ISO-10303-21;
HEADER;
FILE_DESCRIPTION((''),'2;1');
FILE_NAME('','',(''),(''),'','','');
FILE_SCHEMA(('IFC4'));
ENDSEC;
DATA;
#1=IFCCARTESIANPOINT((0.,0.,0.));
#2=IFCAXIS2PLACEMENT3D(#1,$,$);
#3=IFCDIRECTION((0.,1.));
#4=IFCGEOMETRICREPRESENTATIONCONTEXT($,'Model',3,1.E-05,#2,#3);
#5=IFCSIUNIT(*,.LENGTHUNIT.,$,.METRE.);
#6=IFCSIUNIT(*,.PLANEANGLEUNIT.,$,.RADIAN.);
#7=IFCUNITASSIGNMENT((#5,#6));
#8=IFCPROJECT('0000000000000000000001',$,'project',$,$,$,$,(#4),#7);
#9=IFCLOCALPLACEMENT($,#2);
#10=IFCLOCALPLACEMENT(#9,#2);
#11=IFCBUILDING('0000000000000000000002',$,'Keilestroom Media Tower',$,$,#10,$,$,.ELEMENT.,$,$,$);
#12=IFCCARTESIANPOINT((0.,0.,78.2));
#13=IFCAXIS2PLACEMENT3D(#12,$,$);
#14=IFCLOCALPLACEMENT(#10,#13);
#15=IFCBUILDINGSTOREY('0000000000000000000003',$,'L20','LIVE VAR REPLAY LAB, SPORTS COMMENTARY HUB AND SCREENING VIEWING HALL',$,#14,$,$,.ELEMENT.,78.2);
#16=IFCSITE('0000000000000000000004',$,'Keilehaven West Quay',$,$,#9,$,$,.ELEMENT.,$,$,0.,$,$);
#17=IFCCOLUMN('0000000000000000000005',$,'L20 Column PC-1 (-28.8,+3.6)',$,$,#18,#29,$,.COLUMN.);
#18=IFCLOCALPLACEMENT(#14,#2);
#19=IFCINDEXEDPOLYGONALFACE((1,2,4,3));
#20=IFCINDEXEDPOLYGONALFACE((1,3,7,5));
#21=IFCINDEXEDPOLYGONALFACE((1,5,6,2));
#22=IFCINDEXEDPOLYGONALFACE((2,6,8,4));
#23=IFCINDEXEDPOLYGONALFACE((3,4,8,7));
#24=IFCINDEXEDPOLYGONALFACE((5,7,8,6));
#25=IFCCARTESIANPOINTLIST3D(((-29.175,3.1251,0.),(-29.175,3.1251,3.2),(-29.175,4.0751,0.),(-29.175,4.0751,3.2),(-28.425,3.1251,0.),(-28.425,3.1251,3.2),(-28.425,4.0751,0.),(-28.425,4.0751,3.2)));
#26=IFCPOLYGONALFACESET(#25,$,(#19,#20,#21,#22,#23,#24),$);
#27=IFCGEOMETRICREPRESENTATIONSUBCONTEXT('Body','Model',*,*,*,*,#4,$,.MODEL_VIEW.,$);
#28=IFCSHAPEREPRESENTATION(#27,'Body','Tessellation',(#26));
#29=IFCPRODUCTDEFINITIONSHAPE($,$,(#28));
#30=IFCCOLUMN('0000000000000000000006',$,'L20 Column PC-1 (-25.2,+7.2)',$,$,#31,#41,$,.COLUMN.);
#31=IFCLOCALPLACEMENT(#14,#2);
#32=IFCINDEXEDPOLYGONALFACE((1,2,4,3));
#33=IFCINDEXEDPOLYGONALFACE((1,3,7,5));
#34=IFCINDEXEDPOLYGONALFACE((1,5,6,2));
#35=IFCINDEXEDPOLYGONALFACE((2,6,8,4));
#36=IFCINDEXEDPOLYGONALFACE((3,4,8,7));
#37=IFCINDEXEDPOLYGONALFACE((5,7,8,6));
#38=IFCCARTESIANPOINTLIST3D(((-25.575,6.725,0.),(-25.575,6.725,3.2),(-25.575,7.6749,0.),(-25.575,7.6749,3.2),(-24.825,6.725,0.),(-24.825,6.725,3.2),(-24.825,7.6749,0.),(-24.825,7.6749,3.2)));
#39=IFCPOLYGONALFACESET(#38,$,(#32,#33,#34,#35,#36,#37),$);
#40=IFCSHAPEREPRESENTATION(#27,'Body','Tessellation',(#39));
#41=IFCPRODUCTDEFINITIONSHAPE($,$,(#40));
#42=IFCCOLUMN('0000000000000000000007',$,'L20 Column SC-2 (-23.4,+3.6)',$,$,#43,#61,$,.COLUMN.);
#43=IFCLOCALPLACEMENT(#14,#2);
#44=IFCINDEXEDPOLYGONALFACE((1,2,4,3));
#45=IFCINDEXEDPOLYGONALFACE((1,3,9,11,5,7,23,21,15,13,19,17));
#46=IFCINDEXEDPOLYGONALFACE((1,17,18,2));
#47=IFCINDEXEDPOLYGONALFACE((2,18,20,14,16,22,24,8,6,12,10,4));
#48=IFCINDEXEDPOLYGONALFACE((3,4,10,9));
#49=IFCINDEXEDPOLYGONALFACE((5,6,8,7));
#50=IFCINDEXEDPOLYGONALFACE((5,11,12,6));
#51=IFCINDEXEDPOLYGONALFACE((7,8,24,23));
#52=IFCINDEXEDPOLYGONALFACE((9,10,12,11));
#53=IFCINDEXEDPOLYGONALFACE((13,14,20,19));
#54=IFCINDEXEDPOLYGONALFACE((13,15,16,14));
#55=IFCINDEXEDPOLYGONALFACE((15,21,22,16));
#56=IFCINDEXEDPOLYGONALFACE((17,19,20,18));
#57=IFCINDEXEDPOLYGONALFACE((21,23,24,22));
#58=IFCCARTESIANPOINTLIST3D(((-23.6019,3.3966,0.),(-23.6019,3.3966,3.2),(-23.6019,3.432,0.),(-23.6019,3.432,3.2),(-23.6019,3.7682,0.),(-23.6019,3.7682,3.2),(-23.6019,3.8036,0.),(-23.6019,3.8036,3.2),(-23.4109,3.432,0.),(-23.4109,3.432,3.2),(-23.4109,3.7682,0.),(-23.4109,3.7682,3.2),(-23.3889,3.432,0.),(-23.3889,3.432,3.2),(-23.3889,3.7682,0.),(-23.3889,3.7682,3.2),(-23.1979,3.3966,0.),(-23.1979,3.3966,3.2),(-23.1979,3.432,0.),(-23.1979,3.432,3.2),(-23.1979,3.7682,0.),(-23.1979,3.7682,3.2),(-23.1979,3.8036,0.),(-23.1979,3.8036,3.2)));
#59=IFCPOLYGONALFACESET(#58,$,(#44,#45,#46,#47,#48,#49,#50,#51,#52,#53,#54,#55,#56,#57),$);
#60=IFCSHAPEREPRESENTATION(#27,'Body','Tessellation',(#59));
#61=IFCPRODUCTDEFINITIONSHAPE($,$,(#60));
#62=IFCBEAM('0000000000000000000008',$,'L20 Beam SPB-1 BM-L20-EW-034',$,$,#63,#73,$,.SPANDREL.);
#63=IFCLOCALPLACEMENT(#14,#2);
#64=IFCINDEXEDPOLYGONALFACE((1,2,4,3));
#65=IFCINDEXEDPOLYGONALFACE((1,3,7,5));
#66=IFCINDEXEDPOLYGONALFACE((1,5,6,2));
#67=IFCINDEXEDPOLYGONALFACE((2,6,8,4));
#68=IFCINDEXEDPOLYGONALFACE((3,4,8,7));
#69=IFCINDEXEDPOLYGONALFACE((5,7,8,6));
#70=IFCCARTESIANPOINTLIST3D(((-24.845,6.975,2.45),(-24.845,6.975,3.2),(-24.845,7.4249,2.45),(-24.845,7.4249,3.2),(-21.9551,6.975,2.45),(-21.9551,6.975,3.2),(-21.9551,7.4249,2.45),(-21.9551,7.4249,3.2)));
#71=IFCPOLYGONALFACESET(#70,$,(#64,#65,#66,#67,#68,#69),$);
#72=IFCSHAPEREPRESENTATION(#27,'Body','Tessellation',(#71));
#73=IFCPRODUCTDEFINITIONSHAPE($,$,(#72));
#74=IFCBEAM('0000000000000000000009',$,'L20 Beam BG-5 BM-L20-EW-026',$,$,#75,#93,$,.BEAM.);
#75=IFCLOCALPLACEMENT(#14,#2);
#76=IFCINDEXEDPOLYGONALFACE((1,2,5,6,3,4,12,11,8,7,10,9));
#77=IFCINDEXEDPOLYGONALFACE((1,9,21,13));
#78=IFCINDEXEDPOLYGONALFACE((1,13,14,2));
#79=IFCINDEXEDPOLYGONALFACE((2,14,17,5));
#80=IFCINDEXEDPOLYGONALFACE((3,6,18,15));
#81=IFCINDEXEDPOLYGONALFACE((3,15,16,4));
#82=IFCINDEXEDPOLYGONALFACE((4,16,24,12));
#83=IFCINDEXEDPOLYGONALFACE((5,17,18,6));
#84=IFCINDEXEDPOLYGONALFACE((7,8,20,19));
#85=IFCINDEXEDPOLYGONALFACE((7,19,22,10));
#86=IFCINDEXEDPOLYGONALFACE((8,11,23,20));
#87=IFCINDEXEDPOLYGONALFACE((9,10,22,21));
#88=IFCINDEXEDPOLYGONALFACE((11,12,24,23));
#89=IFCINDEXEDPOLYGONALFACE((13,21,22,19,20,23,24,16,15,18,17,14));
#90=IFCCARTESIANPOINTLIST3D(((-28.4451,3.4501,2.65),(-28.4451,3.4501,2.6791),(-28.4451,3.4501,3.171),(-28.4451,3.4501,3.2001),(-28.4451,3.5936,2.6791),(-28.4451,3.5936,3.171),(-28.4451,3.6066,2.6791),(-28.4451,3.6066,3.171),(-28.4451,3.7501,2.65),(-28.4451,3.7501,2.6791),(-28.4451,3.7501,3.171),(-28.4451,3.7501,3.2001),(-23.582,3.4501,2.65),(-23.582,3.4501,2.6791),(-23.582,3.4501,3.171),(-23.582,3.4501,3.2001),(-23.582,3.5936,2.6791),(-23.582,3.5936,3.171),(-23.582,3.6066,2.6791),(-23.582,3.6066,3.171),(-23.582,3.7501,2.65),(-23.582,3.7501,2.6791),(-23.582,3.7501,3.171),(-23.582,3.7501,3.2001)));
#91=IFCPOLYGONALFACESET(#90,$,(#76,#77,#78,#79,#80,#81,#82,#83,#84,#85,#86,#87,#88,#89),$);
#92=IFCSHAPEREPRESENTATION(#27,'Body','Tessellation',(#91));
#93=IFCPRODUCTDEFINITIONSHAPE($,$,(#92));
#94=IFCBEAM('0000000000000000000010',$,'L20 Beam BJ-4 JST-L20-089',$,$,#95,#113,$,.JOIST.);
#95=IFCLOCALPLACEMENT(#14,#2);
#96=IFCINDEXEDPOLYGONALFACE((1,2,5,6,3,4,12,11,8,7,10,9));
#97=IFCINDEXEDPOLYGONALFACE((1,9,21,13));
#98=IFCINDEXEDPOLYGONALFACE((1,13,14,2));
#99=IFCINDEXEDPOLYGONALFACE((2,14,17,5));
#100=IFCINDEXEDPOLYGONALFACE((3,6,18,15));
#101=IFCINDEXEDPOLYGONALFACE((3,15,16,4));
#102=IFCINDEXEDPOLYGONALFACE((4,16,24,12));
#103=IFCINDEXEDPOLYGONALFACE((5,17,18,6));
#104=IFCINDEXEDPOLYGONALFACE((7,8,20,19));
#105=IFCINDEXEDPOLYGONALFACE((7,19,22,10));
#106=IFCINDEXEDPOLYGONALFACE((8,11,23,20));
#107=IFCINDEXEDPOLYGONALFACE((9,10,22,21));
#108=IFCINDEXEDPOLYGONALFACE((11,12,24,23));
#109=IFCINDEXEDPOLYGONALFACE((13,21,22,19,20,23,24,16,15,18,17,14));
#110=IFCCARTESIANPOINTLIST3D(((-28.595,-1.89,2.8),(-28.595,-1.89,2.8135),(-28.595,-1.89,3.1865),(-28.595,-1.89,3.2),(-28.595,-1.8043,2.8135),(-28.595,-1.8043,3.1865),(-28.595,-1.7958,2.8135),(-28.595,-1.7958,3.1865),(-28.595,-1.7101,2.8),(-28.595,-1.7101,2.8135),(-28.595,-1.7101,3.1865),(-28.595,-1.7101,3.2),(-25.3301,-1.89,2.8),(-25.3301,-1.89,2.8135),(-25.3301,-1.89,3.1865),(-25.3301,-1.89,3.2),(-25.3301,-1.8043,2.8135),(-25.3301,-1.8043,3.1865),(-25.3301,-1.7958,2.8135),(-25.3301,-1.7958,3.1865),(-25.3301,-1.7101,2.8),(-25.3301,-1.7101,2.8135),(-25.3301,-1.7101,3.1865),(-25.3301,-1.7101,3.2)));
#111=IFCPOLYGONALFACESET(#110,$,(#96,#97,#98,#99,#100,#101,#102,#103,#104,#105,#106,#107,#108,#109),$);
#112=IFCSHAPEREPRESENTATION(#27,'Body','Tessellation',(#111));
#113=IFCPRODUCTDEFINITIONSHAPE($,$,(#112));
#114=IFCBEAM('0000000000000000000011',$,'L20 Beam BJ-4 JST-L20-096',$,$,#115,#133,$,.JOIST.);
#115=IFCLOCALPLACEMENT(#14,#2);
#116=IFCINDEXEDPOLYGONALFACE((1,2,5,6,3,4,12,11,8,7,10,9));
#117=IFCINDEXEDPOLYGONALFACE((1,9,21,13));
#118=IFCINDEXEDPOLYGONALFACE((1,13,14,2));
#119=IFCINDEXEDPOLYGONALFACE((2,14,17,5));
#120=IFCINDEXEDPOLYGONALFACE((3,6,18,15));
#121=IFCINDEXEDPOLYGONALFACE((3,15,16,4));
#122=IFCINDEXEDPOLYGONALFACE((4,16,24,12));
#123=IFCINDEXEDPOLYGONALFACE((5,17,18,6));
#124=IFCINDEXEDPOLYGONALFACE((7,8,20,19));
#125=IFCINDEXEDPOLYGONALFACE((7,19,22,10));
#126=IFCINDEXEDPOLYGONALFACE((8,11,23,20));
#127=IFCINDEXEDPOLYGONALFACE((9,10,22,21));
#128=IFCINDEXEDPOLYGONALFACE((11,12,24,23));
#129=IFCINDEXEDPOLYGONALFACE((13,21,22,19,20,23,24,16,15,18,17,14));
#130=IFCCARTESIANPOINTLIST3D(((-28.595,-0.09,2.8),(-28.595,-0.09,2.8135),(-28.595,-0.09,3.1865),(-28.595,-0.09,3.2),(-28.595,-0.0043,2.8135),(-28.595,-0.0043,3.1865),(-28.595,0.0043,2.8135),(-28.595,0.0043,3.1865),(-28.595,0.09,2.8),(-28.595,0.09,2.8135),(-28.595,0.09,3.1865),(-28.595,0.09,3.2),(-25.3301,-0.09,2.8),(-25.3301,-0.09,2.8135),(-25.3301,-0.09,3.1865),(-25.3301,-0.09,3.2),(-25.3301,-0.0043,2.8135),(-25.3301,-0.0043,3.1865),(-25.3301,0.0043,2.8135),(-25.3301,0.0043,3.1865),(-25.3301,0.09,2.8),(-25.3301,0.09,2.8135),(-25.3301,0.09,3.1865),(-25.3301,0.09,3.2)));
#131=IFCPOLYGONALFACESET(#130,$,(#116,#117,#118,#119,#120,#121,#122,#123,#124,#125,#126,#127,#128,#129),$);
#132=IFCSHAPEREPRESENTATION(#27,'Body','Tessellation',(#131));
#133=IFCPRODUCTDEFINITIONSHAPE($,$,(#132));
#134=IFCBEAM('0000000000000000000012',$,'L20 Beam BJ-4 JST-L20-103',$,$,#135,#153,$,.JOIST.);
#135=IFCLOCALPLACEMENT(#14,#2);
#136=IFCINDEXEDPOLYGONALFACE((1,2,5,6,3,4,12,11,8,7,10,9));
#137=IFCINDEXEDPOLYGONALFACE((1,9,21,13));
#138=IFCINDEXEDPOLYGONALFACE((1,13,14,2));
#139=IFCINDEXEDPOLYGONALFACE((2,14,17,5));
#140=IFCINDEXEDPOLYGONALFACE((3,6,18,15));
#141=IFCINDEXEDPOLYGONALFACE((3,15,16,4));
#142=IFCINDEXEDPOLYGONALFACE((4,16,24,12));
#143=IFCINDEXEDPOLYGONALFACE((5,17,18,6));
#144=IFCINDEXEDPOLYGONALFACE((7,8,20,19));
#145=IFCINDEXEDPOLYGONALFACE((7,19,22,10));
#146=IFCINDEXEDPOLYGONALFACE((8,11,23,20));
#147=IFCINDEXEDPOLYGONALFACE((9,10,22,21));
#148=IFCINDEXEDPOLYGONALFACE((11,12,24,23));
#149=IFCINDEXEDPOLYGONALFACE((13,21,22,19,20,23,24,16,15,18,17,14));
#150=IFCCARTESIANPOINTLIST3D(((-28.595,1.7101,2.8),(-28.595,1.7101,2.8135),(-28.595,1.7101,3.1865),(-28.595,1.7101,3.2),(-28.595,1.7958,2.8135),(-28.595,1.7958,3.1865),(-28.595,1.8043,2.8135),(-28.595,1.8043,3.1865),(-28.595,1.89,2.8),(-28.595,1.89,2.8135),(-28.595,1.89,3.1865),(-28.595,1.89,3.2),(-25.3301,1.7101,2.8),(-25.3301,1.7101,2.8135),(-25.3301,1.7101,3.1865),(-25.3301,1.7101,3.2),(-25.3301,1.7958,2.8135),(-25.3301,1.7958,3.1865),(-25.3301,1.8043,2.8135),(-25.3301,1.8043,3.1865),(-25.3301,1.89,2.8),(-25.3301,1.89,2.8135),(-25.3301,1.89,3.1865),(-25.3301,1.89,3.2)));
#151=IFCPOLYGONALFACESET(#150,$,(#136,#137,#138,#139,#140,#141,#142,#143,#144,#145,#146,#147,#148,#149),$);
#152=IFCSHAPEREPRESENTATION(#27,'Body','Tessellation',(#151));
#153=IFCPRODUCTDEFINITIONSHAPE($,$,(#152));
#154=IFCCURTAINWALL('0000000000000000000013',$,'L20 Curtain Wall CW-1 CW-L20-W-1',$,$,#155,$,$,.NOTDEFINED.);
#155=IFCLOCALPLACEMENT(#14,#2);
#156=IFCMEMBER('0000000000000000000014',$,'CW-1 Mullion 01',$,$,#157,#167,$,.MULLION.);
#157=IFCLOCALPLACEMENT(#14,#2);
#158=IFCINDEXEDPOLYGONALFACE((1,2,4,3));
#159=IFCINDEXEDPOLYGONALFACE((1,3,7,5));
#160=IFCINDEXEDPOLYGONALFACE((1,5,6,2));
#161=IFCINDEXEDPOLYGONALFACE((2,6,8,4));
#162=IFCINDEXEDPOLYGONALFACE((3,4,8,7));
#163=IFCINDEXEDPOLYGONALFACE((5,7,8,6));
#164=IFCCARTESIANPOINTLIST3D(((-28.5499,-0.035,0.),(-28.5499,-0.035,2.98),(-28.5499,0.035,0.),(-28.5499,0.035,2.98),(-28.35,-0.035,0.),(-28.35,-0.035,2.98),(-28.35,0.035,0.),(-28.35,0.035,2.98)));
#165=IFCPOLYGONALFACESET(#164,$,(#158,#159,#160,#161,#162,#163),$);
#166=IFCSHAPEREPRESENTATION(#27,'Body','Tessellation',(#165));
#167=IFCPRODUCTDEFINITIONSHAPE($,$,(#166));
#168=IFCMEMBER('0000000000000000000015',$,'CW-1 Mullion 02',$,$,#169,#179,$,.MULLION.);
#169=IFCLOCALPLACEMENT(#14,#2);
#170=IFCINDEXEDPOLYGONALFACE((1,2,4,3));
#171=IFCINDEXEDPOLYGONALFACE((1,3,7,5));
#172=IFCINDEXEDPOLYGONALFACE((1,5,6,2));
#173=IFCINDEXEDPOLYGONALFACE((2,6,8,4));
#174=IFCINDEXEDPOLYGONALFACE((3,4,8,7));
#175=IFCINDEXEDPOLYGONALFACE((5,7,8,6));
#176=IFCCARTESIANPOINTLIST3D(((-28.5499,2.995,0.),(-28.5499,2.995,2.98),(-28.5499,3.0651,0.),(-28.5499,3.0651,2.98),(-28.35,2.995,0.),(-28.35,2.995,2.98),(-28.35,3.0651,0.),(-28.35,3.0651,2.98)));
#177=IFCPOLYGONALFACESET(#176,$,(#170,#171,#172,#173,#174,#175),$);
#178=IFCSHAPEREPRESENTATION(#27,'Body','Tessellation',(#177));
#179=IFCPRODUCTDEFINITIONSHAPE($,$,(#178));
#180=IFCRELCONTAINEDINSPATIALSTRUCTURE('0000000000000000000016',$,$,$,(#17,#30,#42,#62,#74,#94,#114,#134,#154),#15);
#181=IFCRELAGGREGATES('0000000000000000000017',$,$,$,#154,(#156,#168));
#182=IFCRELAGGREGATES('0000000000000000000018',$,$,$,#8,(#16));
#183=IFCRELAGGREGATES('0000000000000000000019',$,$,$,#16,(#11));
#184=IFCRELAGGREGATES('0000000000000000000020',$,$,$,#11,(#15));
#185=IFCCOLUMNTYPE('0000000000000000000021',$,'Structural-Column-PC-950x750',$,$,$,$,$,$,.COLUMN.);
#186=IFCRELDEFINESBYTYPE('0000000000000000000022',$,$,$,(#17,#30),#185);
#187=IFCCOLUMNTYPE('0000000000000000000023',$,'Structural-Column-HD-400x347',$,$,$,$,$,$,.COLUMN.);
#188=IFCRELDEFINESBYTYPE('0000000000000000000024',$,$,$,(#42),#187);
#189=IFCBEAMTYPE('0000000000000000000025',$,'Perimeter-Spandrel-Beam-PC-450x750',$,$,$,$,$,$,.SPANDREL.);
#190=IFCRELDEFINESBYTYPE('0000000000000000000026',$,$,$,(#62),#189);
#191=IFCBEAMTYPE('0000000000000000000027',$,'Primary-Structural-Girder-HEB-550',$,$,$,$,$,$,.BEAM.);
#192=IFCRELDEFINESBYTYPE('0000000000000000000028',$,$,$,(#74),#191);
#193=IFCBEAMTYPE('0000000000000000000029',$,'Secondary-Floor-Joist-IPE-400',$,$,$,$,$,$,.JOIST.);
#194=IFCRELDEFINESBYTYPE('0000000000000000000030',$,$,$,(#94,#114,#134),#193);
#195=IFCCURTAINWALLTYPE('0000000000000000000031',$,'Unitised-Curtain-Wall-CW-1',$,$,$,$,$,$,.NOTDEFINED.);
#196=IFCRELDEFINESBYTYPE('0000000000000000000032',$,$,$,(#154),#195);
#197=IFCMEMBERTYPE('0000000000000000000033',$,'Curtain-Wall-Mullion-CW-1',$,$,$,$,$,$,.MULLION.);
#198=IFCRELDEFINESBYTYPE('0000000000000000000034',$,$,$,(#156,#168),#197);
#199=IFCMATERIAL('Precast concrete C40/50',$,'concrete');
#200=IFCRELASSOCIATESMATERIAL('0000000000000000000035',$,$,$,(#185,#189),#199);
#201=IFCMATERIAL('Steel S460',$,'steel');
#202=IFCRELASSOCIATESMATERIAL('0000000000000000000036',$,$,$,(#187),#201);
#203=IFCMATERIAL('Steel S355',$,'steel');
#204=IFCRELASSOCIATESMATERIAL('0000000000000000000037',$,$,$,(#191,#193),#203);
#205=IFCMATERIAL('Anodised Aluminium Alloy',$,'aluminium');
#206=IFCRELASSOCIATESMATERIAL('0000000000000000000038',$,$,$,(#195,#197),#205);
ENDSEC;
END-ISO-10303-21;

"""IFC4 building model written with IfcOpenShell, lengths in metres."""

from ifc_helpers import new_model, si_unit, direction, frame, origin, origin_2d, place, context, subcontext, project, spatial, rectangle, i_section, extrude, source, transform, mapped, material, material_profile, profile_set, type_object, element, aggregate, save


model = new_model("IFC4")

# Units and contexts
model_context = context("Model", 3, precision=1e-05, world=origin(), true_north=direction((0.0, 1.0)))
body_context = subcontext(model_context, "Body", "Model", "MODEL_VIEW")
ifc_project = project(units=[si_unit("LENGTHUNIT", "METRE"), si_unit("PLANEANGLEUNIT", "RADIAN")], contexts=[model_context])

# Site, building, storey
site_placement = place(None, origin())
site = spatial("IfcSite", under=ifc_project, at=site_placement, Name="Keilehaven West Quay", CompositionType="ELEMENT", RefElevation=0.0)
building_placement = place(site_placement, origin())
building = spatial("IfcBuilding", under=site, at=building_placement, Name="Keilestroom Media Tower", CompositionType="ELEMENT")
storey_placement = place(building_placement, frame((0.0, 0.0, 78.2)))
storey = spatial("IfcBuildingStorey", under=building, at=storey_placement, Name="L20", Description="LIVE VAR REPLAY LAB, SPORTS COMMENTARY HUB AND SCREENING VIEWING HALL", CompositionType="ELEMENT", Elevation=78.2)

# Columns
ifc_material_1 = material(Name="Precast concrete C40/50", Category="concrete")
ifc_material_profile_1 = material_profile(ifc_material_1, rectangle(XDim=0.75, YDim=0.95, at=origin_2d()), Name="PC 950x750")
ifc_profile_set_1 = profile_set([ifc_material_profile_1], Name="Precast concrete C40/50")
column_type_1 = type_object("IfcColumnType", Name="Structural-Column-PC-950x750", PredefinedType="COLUMN", material=ifc_profile_set_1)
shared_shape_1 = source(origin(), body_context, "Body", "SweptSolid", [
    extrude(rectangle(XDim=0.75, YDim=0.95, at=origin_2d()), origin(), (0.0, 0.0, 1.0), 3.2),
])
for number, where, z_axis, x_axis, name in (
    (1, (-28.8, 3.6001, 0.0), (0.0, 0.0, 1.0), (1.0, 0.0, 0.0), "L20 Column PC-1 (-28.8,+3.6)"),
    (2, (-25.2, 7.2, 0.0), (0.0, 0.0, 1.0), (1.0, 0.0, 0.0), "L20 Column PC-1 (-25.2,+7.2)"),
):
    element("IfcColumn", number, at=place(storey_placement, frame(where, z_axis=z_axis, x_axis=x_axis)), inside=storey, type_object=column_type_1, Name=name, PredefinedType="COLUMN", context=body_context, shape_type="MappedRepresentation", body=[
        mapped(shared_shape_1, transform((0.0, 0.0, 0.0), x_axis=(1.0, 0.0, 0.0), y_axis=(0.0, 1.0, 0.0), z_axis=(0.0, 0.0, 1.0), scale=1.0)),
    ])
ifc_material_2 = material(Name="Steel S460", Category="steel")
ifc_material_profile_2 = material_profile(ifc_material_2, i_section(OverallWidth=0.4041, OverallDepth=0.407, WebThickness=0.022, FlangeThickness=0.0354, at=origin_2d()), Name="HD 400x347")
ifc_profile_set_2 = profile_set([ifc_material_profile_2], Name="Steel S460")
column_type_2 = type_object("IfcColumnType", Name="Structural-Column-HD-400x347", PredefinedType="COLUMN", material=ifc_profile_set_2)
shared_shape_2 = source(origin(), body_context, "Body", "SweptSolid", [
    extrude(i_section(OverallWidth=0.4041, OverallDepth=0.407, WebThickness=0.022, FlangeThickness=0.0354, at=origin_2d()), origin(), (0.0, 0.0, 1.0), 3.2),
])
column_placement = place(storey_placement, frame((-23.3999, 3.6001, 0.0), z_axis=(0.0, 0.0, 1.0), x_axis=(1.0, 0.0, 0.0)))
element("IfcColumn", 3, at=column_placement, inside=storey, type_object=column_type_2, Name="L20 Column SC-2 (-23.4,+3.6)", PredefinedType="COLUMN", context=body_context, shape_type="MappedRepresentation", body=[
    mapped(shared_shape_2, transform((0.0, 0.0, 0.0), x_axis=(1.0, 0.0, 0.0), y_axis=(0.0, 1.0, 0.0), z_axis=(0.0, 0.0, 1.0), scale=1.0)),
])

# Beams
ifc_material_profile_3 = material_profile(ifc_material_1, rectangle(XDim=0.45, YDim=0.75, at=origin_2d()), Name="PC 450x750")
ifc_profile_set_3 = profile_set([ifc_material_profile_3], Name="Precast concrete C40/50")
beam_type_1 = type_object("IfcBeamType", Name="Perimeter-Spandrel-Beam-PC-450x750", PredefinedType="SPANDREL", material=ifc_profile_set_3)
shared_shape_3 = source(origin(), body_context, "Body", "SweptSolid", [
    extrude(rectangle(XDim=0.45, YDim=0.75, at=origin_2d()), origin(), (0.0, 0.0, 1.0), 2.8899),
])
beam_1_placement = place(storey_placement, frame((-24.845, 7.2, 2.825), z_axis=(1.0, 0.0, 0.0), x_axis=(0.0, 1.0, 0.0)))
element("IfcBeam", 4, at=beam_1_placement, inside=storey, type_object=beam_type_1, Name="L20 Beam SPB-1 BM-L20-EW-034", PredefinedType="SPANDREL", context=body_context, shape_type="MappedRepresentation", body=[
    mapped(shared_shape_3, transform((0.0, 0.0, 0.0), x_axis=(1.0, 0.0, 0.0), y_axis=(0.0, 1.0, 0.0), z_axis=(0.0, 0.0, 1.0), scale=1.0)),
])
ifc_material_3 = material(Name="Steel S355", Category="steel")
ifc_material_profile_4 = material_profile(ifc_material_3, i_section(OverallWidth=0.3, OverallDepth=0.55, WebThickness=0.0129, FlangeThickness=0.0291, at=origin_2d()), Name="HEB 550")
ifc_profile_set_4 = profile_set([ifc_material_profile_4], Name="Steel S355")
beam_type_2 = type_object("IfcBeamType", Name="Primary-Structural-Girder-HEB-550", PredefinedType="BEAM", material=ifc_profile_set_4)
shared_shape_4 = source(origin(), body_context, "Body", "SweptSolid", [
    extrude(i_section(OverallWidth=0.3, OverallDepth=0.55, WebThickness=0.0129, FlangeThickness=0.0291, at=origin_2d()), origin(), (0.0, 0.0, 1.0), 4.863),
])
beam_2_placement = place(storey_placement, frame((-28.4451, 3.6001, 2.925), z_axis=(1.0, 0.0, 0.0), x_axis=(0.0, 1.0, 0.0)))
element("IfcBeam", 5, at=beam_2_placement, inside=storey, type_object=beam_type_2, Name="L20 Beam BG-5 BM-L20-EW-026", PredefinedType="BEAM", context=body_context, shape_type="MappedRepresentation", body=[
    mapped(shared_shape_4, transform((0.0, 0.0, 0.0), x_axis=(1.0, 0.0, 0.0), y_axis=(0.0, 1.0, 0.0), z_axis=(0.0, 0.0, 1.0), scale=1.0)),
])
ifc_material_profile_5 = material_profile(ifc_material_3, i_section(OverallWidth=0.1799, OverallDepth=0.3999, WebThickness=0.0085, FlangeThickness=0.0134, at=origin_2d()), Name="IPE 400")
ifc_profile_set_5 = profile_set([ifc_material_profile_5], Name="Steel S355")
beam_type_3 = type_object("IfcBeamType", Name="Secondary-Floor-Joist-IPE-400", PredefinedType="JOIST", material=ifc_profile_set_5)
shared_shape_5 = source(origin(), body_context, "Body", "SweptSolid", [
    extrude(i_section(OverallWidth=0.1799, OverallDepth=0.3999, WebThickness=0.0085, FlangeThickness=0.0134, at=origin_2d()), origin(), (0.0, 0.0, 1.0), 3.2649),
])
for number, where, z_axis, x_axis, name in (
    (6, (-28.595, -1.8, 3.0), (1.0, 0.0, 0.0), (0.0, 1.0, 0.0), "L20 Beam BJ-4 JST-L20-089"),
    (7, (-28.595, 0.0, 3.0), (1.0, 0.0, 0.0), (0.0, 1.0, 0.0), "L20 Beam BJ-4 JST-L20-096"),
    (8, (-28.595, 1.8, 3.0), (1.0, 0.0, 0.0), (0.0, 1.0, 0.0), "L20 Beam BJ-4 JST-L20-103"),
):
    element("IfcBeam", number, at=place(storey_placement, frame(where, z_axis=z_axis, x_axis=x_axis)), inside=storey, type_object=beam_type_3, Name=name, PredefinedType="JOIST", context=body_context, shape_type="MappedRepresentation", body=[
        mapped(shared_shape_5, transform((0.0, 0.0, 0.0), x_axis=(1.0, 0.0, 0.0), y_axis=(0.0, 1.0, 0.0), z_axis=(0.0, 0.0, 1.0), scale=1.0)),
    ])

# Curtain wall, members
ifc_material_4 = material(Name="Anodised Aluminium Alloy", Category="aluminium")
curtain_wall_type = type_object("IfcCurtainWallType", Name="Unitised-Curtain-Wall-CW-1", PredefinedType="NOTDEFINED", material=ifc_material_4)
curtain_wall_1_placement = place(storey_placement, origin())
curtain_wall_1 = element("IfcCurtainWall", 9, at=curtain_wall_1_placement, inside=storey, type_object=curtain_wall_type, Name="L20 Curtain Wall CW-1 CW-L20-W-1", PredefinedType="NOTDEFINED")
ifc_material_profile_6 = material_profile(ifc_material_4, rectangle(XDim=0.0701, YDim=0.2, at=origin_2d()), Name="ALU MULLION 70x200")
ifc_profile_set_6 = profile_set([ifc_material_profile_6], Name="Anodised Aluminium Alloy")
member_type_1 = type_object("IfcMemberType", Name="Curtain-Wall-Mullion-CW-1", PredefinedType="MULLION", material=ifc_profile_set_6)
shared_shape_6 = source(origin(), body_context, "Body", "SweptSolid", [
    extrude(rectangle(XDim=0.0701, YDim=0.2, at=origin_2d()), origin(), (0.0, 0.0, 1.0), 2.98),
])
member_1_placement = place(storey_placement, frame((-28.45, 0.0, 0.0), z_axis=(0.0, 0.0, 1.0), x_axis=(0.0, 1.0, 0.0)))
member_1 = element("IfcMember", 10, at=member_1_placement, type_object=member_type_1, Name="CW-1 Mullion 01", PredefinedType="MULLION", context=body_context, shape_type="MappedRepresentation", body=[
    mapped(shared_shape_6, transform((0.0, 0.0, 0.0), x_axis=(1.0, 0.0, 0.0), y_axis=(0.0, 1.0, 0.0), z_axis=(0.0, 0.0, 1.0), scale=1.0)),
])
member_2_placement = place(storey_placement, frame((-28.45, 3.03, 0.0), z_axis=(0.0, 0.0, 1.0), x_axis=(0.0, 1.0, 0.0)))
member_2 = element("IfcMember", 11, at=member_2_placement, type_object=member_type_1, Name="CW-1 Mullion 02", PredefinedType="MULLION", context=body_context, shape_type="MappedRepresentation", body=[
    mapped(shared_shape_6, transform((0.0, 0.0, 0.0), x_axis=(1.0, 0.0, 0.0), y_axis=(0.0, 1.0, 0.0), z_axis=(0.0, 0.0, 1.0), scale=1.0)),
])

aggregate(curtain_wall_1, [member_1, member_2])

save(model, "model.ifc")
